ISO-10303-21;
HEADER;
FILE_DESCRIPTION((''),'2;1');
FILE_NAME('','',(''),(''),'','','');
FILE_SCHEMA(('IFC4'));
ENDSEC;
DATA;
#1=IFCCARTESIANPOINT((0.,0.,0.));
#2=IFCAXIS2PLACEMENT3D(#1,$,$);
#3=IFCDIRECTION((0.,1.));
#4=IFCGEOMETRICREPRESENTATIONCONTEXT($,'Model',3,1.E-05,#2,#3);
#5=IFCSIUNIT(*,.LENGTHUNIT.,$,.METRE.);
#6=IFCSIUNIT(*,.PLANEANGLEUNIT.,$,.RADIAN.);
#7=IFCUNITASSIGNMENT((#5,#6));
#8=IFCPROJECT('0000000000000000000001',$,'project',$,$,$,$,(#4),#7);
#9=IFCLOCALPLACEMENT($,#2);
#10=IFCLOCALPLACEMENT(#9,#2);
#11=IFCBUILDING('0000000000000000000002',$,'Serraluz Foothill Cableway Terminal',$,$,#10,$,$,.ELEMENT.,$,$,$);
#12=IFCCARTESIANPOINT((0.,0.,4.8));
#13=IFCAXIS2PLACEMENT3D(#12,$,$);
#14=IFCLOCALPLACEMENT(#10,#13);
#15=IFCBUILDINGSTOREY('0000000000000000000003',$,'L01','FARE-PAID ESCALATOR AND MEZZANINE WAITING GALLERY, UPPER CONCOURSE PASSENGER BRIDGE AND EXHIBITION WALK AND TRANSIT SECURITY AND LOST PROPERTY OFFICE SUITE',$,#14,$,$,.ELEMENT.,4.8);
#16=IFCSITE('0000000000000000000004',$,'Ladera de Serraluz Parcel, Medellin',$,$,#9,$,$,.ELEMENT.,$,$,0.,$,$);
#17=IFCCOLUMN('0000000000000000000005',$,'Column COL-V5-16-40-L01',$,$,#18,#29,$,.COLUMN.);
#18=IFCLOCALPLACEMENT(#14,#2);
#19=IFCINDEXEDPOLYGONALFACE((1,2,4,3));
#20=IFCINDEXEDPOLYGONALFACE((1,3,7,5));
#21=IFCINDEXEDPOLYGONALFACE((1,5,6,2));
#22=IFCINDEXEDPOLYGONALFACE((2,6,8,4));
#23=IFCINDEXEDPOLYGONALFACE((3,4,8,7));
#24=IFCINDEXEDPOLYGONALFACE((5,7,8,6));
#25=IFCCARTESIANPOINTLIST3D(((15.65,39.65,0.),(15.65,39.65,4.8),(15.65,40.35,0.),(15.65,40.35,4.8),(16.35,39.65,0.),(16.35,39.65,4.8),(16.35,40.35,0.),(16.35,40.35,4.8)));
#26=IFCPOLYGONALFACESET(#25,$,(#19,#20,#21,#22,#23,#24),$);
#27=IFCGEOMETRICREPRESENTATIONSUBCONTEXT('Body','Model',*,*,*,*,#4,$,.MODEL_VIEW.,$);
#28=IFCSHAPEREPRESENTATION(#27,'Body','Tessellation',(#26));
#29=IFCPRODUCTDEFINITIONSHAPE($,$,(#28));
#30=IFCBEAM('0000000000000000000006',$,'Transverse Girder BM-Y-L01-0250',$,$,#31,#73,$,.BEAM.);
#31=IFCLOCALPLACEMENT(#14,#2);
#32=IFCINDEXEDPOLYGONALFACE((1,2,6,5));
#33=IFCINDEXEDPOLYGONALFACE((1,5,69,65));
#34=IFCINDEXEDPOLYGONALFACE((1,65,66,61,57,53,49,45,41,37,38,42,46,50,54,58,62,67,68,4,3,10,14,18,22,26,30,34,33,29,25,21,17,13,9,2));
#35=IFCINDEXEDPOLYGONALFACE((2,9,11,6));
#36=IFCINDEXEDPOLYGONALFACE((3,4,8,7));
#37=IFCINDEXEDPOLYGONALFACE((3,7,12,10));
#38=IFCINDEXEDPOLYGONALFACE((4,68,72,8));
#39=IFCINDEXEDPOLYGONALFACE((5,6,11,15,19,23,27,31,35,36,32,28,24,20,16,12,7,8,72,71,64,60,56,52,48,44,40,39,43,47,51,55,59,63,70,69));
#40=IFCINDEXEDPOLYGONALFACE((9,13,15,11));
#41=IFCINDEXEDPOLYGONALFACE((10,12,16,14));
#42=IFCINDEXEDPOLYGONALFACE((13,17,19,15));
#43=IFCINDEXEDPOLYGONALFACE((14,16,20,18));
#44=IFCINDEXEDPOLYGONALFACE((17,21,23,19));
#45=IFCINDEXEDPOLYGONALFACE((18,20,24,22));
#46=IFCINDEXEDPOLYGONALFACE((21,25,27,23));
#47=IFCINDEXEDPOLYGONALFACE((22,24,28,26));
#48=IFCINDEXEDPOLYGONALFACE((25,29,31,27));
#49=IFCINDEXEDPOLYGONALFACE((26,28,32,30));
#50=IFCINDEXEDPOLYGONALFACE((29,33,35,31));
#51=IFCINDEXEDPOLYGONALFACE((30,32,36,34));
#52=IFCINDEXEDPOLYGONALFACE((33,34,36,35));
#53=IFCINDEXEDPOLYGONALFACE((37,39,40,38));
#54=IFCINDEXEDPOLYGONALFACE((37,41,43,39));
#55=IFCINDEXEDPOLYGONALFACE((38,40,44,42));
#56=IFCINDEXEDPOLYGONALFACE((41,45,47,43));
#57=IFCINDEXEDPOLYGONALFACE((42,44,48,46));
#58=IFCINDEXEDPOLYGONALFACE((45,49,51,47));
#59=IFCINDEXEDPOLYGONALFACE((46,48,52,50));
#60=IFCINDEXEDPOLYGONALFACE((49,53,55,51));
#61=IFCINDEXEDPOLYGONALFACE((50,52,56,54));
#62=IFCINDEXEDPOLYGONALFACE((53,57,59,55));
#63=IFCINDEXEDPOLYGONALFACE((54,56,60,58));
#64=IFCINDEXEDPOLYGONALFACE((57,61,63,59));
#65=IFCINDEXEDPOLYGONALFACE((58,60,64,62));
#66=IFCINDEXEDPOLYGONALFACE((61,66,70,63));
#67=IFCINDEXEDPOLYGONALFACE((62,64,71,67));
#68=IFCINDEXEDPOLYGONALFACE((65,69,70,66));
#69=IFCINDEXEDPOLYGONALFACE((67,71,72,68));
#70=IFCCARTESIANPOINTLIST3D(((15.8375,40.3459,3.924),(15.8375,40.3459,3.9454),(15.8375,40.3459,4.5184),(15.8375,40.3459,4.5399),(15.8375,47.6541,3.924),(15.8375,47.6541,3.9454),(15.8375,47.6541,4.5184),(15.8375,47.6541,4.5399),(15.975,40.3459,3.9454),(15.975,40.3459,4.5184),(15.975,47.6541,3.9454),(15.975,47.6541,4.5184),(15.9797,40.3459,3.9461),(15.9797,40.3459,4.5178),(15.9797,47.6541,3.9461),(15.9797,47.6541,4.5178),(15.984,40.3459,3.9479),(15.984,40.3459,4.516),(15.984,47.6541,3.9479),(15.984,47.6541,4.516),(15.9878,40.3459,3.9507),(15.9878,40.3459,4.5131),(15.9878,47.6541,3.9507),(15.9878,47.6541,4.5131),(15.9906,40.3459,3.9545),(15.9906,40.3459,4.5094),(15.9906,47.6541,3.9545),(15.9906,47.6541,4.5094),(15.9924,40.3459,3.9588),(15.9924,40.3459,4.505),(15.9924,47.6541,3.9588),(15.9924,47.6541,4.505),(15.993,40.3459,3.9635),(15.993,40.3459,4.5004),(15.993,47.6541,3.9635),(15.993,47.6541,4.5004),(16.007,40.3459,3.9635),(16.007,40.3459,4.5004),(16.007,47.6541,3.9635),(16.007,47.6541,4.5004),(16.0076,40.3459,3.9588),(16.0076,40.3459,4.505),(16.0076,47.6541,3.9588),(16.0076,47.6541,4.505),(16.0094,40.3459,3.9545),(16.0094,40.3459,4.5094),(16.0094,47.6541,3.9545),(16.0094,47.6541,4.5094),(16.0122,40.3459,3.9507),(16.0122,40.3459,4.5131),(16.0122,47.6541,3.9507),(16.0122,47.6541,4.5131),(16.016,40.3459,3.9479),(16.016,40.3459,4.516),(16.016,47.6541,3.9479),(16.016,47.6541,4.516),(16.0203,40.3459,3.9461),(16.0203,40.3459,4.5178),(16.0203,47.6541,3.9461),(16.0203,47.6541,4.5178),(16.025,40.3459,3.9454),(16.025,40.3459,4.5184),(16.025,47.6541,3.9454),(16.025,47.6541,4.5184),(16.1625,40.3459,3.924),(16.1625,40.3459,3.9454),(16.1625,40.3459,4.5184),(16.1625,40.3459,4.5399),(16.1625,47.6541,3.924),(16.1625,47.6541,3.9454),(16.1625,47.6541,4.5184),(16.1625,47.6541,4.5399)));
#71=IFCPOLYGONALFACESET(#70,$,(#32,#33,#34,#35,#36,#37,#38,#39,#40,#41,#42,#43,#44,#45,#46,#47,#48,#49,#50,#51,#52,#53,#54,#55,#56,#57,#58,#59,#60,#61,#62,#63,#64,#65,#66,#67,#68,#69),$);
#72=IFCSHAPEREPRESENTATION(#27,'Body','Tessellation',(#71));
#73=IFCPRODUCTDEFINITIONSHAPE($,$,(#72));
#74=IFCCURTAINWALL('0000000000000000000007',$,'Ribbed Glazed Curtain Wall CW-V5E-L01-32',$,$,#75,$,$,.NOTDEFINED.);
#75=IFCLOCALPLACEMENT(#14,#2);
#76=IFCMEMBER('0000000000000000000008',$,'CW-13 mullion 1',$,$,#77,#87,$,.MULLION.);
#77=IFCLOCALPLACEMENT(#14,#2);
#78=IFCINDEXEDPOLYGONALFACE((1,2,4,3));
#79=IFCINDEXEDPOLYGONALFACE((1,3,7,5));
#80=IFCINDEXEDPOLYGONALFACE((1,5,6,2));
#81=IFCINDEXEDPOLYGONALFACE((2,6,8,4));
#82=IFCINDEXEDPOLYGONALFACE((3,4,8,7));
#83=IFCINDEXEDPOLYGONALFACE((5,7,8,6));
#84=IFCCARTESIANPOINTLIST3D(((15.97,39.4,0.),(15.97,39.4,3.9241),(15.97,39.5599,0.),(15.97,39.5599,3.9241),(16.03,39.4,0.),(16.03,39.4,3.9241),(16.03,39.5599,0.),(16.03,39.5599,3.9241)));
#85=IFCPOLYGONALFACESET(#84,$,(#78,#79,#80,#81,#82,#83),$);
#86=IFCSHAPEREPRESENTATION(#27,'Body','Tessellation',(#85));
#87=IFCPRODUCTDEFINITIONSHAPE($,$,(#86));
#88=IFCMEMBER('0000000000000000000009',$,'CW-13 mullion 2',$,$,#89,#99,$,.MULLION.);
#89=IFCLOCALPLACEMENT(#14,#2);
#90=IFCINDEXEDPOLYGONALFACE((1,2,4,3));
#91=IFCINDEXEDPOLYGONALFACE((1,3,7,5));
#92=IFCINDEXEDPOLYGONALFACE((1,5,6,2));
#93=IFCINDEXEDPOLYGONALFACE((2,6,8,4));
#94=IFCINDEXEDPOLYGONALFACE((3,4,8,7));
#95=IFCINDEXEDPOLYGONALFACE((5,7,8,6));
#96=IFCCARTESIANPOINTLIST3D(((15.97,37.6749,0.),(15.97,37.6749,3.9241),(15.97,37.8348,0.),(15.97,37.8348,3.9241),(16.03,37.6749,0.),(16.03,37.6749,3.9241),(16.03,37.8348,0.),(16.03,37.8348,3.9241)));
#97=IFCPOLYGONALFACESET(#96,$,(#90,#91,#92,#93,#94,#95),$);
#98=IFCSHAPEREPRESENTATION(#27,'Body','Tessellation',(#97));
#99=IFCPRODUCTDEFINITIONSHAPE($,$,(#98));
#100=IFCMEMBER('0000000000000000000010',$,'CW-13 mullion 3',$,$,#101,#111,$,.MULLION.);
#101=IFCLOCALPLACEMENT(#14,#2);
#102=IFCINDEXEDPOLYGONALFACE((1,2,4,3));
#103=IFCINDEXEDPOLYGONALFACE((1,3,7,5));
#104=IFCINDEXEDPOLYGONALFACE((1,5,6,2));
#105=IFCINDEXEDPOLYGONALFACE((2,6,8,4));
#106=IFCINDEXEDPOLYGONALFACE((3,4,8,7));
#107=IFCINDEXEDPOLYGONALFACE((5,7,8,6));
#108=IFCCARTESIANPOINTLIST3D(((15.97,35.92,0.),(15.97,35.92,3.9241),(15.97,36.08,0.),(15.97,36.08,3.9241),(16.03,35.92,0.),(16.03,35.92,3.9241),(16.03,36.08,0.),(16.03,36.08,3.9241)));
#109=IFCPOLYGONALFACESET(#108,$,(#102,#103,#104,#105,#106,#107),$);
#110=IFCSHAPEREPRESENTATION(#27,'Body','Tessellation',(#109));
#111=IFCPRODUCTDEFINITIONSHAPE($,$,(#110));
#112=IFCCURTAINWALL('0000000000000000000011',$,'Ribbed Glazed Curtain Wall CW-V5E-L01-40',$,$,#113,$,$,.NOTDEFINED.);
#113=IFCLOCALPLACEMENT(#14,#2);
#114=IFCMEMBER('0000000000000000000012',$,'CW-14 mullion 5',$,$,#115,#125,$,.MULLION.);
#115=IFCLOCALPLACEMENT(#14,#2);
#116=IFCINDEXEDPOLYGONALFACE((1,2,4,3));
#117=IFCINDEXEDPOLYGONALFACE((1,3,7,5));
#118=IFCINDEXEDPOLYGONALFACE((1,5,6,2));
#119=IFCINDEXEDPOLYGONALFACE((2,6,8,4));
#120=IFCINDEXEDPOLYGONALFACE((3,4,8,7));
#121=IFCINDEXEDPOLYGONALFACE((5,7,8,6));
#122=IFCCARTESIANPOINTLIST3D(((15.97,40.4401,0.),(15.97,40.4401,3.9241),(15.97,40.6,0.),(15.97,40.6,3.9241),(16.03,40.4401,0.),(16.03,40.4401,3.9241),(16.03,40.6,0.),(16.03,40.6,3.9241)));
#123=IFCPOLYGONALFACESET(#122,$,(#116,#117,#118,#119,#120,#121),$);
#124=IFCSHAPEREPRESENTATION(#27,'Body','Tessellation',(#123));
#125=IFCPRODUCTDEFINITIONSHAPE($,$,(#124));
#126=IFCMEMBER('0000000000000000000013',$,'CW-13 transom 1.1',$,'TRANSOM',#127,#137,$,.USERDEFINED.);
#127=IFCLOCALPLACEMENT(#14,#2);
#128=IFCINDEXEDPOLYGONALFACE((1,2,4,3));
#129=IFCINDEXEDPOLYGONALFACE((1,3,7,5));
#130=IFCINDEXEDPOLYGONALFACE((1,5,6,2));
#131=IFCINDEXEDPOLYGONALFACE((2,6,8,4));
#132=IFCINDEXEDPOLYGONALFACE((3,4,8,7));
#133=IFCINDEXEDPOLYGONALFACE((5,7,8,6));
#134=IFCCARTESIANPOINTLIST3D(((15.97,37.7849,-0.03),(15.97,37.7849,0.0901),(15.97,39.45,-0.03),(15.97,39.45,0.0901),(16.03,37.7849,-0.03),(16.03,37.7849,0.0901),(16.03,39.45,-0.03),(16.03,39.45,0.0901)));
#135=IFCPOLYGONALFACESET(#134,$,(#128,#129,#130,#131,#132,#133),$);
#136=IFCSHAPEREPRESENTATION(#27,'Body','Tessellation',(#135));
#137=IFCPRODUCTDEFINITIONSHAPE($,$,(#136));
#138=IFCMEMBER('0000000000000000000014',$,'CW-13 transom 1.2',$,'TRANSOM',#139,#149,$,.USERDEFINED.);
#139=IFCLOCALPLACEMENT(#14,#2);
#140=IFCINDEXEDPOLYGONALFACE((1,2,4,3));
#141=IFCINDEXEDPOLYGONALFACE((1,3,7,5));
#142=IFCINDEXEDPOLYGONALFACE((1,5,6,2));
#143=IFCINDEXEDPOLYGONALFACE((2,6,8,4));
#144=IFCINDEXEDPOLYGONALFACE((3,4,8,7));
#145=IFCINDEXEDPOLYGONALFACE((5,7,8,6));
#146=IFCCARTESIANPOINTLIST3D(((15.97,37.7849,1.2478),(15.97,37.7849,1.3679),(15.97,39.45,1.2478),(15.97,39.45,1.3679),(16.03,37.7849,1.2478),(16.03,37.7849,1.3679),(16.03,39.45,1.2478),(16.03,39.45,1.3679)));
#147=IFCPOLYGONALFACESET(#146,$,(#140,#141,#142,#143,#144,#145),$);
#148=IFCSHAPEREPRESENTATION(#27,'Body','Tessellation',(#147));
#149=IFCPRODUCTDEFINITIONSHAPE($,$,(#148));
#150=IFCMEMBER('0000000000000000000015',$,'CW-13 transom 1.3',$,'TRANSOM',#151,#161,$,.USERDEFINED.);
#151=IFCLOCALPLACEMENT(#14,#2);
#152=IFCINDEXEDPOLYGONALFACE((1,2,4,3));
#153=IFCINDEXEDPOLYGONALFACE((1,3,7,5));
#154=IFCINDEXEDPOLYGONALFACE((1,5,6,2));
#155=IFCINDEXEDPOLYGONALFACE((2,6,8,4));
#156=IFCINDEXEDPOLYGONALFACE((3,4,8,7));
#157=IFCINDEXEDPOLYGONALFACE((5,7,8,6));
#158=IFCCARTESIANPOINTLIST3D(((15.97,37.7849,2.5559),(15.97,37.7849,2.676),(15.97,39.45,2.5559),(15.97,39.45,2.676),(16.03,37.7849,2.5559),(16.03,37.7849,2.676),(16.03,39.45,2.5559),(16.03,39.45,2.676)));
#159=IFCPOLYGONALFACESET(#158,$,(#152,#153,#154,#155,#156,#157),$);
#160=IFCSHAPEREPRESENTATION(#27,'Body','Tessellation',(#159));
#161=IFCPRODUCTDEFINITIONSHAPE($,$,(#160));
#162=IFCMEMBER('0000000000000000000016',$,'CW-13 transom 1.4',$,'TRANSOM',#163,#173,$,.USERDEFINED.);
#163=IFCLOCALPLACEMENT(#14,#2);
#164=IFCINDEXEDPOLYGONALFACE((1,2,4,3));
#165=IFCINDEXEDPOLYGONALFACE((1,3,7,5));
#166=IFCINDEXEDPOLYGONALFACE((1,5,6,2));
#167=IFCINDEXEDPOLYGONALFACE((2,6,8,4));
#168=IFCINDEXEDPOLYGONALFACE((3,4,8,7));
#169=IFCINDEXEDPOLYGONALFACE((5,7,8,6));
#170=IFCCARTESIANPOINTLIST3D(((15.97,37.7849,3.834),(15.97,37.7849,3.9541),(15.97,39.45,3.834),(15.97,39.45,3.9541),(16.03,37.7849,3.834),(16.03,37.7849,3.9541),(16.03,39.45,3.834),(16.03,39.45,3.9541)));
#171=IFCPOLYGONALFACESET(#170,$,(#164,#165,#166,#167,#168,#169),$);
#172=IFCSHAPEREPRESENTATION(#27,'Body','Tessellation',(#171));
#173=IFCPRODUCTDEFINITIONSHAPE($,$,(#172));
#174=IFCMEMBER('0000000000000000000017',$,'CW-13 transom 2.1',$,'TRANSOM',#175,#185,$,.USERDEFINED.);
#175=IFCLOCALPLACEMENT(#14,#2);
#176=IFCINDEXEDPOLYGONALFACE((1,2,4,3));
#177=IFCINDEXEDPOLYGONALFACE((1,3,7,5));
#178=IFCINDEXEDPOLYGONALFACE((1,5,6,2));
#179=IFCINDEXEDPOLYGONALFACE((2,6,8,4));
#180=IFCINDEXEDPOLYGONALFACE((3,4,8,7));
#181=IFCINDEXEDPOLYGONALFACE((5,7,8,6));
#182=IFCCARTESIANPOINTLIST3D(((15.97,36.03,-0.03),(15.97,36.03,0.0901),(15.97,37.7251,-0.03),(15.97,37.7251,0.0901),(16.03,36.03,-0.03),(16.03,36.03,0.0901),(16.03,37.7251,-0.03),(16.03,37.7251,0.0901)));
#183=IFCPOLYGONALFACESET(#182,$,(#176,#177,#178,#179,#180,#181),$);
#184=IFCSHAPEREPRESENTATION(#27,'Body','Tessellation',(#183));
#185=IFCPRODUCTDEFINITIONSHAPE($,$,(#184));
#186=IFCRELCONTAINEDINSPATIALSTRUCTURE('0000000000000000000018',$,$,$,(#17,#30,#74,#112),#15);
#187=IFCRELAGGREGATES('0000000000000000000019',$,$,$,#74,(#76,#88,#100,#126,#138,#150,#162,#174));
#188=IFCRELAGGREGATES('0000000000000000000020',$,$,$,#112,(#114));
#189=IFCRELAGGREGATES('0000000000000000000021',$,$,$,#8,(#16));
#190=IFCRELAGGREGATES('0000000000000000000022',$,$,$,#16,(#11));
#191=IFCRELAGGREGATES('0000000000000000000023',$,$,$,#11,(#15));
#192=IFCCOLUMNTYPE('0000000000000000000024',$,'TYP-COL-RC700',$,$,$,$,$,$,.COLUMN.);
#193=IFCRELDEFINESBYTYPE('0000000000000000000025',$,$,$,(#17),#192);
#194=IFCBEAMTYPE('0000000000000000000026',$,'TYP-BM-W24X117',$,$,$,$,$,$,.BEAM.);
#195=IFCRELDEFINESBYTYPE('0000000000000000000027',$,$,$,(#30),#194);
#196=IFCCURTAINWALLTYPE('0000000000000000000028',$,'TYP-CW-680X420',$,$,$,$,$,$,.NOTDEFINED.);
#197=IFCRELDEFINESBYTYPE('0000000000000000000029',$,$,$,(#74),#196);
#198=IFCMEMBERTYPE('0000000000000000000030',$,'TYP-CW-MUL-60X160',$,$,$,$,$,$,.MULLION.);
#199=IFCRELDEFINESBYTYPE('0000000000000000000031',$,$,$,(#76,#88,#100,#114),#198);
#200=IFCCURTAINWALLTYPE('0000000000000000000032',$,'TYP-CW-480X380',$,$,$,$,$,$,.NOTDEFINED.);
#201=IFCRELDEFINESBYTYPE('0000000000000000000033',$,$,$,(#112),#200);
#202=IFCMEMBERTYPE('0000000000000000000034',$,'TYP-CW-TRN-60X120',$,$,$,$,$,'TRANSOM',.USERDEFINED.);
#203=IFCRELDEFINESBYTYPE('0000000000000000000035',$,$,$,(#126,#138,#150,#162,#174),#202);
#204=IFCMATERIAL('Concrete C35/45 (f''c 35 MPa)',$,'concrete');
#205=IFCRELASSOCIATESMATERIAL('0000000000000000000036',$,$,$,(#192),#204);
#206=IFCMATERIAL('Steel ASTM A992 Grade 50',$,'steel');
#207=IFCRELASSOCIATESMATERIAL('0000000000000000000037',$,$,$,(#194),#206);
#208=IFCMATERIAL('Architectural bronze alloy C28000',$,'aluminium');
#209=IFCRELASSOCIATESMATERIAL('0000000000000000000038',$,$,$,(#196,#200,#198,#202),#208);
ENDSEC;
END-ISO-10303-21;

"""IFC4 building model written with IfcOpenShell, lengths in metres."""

from ifc_helpers import new_model, si_unit, direction, frame, origin, origin_2d, place, context, subcontext, project, spatial, rectangle, i_section, extrude, material, material_profile, profile_set, type_object, element, aggregate, save


model = new_model("IFC4")

# Units and contexts
model_context = context("Model", 3, precision=1e-05, world=origin(), true_north=direction((0.0, 1.0)))
body_context = subcontext(model_context, "Body", "Model", "MODEL_VIEW")
ifc_project = project(units=[si_unit("LENGTHUNIT", "METRE"), si_unit("PLANEANGLEUNIT", "RADIAN")], contexts=[model_context])

# Site, building, storey
site_placement = place(None, origin())
site = spatial("IfcSite", under=ifc_project, at=site_placement, Name="Ladera de Serraluz Parcel, Medellin", CompositionType="ELEMENT", RefElevation=0.0)
building_placement = place(site_placement, origin())
building = spatial("IfcBuilding", under=site, at=building_placement, Name="Serraluz Foothill Cableway Terminal", CompositionType="ELEMENT")
storey_placement = place(building_placement, frame((0.0, 0.0, 4.8)))
storey = spatial("IfcBuildingStorey", under=building, at=storey_placement, Name="L01", Description="FARE-PAID ESCALATOR AND MEZZANINE WAITING GALLERY, UPPER CONCOURSE PASSENGER BRIDGE AND EXHIBITION WALK AND TRANSIT SECURITY AND LOST PROPERTY OFFICE SUITE", CompositionType="ELEMENT", Elevation=4.8)

# Column
ifc_material_1 = material(Name="Concrete C35/45 (f'c 35 MPa)", Category="concrete")
ifc_material_profile_1 = material_profile(ifc_material_1, rectangle(XDim=0.7, YDim=0.7, at=origin_2d()), Name="RC 700x700")
ifc_profile_set_1 = profile_set([ifc_material_profile_1], Name="Concrete C35/45 (f'c 35 MPa)")
column_type = type_object("IfcColumnType", Name="TYP-COL-RC700", PredefinedType="COLUMN", material=ifc_profile_set_1)
column_placement = place(storey_placement, frame((16.0, 40.0, 0.0), z_axis=(0.0, 0.0, 1.0), x_axis=(1.0, 0.0, 0.0)))
element("IfcColumn", 1, at=column_placement, inside=storey, type_object=column_type, Name="Column COL-V5-16-40-L01", PredefinedType="COLUMN", context=body_context, shape_type="SweptSolid", body=[
    extrude(rectangle(XDim=0.7, YDim=0.7, at=origin_2d()), origin(), (0.0, 0.0, 1.0), 4.8),
])

# Beam
ifc_material_2 = material(Name="Steel ASTM A992 Grade 50", Category="steel")
ifc_material_profile_2 = material_profile(ifc_material_2, i_section(OverallWidth=0.325, OverallDepth=0.616, WebThickness=0.0139, FlangeThickness=0.0215, FilletRadius=0.0181, at=origin_2d()), Name="W24X117")
ifc_profile_set_2 = profile_set([ifc_material_profile_2], Name="Steel ASTM A992 Grade 50")
beam_type = type_object("IfcBeamType", Name="TYP-BM-W24X117", PredefinedType="BEAM", material=ifc_profile_set_2)
beam_placement = place(storey_placement, frame((16.0, 40.3459, 4.2319), z_axis=(0.0, 1.0, 0.0), x_axis=(-1.0, 0.0, 0.0)))
element("IfcBeam", 2, at=beam_placement, inside=storey, type_object=beam_type, Name="Transverse Girder BM-Y-L01-0250", PredefinedType="BEAM", context=body_context, shape_type="SweptSolid", body=[
    extrude(i_section(OverallWidth=0.325, OverallDepth=0.616, WebThickness=0.0139, FlangeThickness=0.0215, FilletRadius=0.0181, at=origin_2d()), origin(), (0.0, 0.0, 1.0), 7.3081),
])

# Curtain wall, members
ifc_material_3 = material(Name="Architectural bronze alloy C28000", Category="aluminium")
curtain_wall_type_1 = type_object("IfcCurtainWallType", Name="TYP-CW-680X420", PredefinedType="NOTDEFINED", material=ifc_material_3)
curtain_wall_1_placement = place(storey_placement, origin())
curtain_wall_1 = element("IfcCurtainWall", 3, at=curtain_wall_1_placement, inside=storey, type_object=curtain_wall_type_1, Name="Ribbed Glazed Curtain Wall CW-V5E-L01-32", PredefinedType="NOTDEFINED")
ifc_material_profile_3 = material_profile(ifc_material_3, rectangle(XDim=0.0601, YDim=0.1599, at=origin_2d()), Name="ALU MULLION 60x160")
ifc_profile_set_3 = profile_set([ifc_material_profile_3], Name="Architectural bronze alloy C28000")
member_type_1 = type_object("IfcMemberType", Name="TYP-CW-MUL-60X160", PredefinedType="MULLION", material=ifc_profile_set_3)
member_1_placement = place(storey_placement, frame((16.0, 39.48, 0.0), z_axis=(0.0, 0.0, 1.0), x_axis=(1.0, 0.0, 0.0)))
member_1 = element("IfcMember", 4, at=member_1_placement, type_object=member_type_1, Name="CW-13 mullion 1", PredefinedType="MULLION", context=body_context, shape_type="SweptSolid", body=[
    extrude(rectangle(XDim=0.0601, YDim=0.1599, at=origin_2d()), origin(), (0.0, 0.0, 1.0), 3.9241),
])
member_2_placement = place(storey_placement, frame((16.0, 37.7549, 0.0), z_axis=(0.0, 0.0, 1.0), x_axis=(1.0, 0.0, 0.0)))
member_2 = element("IfcMember", 5, at=member_2_placement, type_object=member_type_1, Name="CW-13 mullion 2", PredefinedType="MULLION", context=body_context, shape_type="SweptSolid", body=[
    extrude(rectangle(XDim=0.0601, YDim=0.1599, at=origin_2d()), origin(), (0.0, 0.0, 1.0), 3.9241),
])
member_3_placement = place(storey_placement, frame((16.0, 36.0, 0.0), z_axis=(0.0, 0.0, 1.0), x_axis=(1.0, 0.0, 0.0)))
member_3 = element("IfcMember", 6, at=member_3_placement, type_object=member_type_1, Name="CW-13 mullion 3", PredefinedType="MULLION", context=body_context, shape_type="SweptSolid", body=[
    extrude(rectangle(XDim=0.0601, YDim=0.1599, at=origin_2d()), origin(), (0.0, 0.0, 1.0), 3.9241),
])

# Curtain wall, member
curtain_wall_type_2 = type_object("IfcCurtainWallType", Name="TYP-CW-480X380", PredefinedType="NOTDEFINED", material=ifc_material_3)
curtain_wall_2_placement = place(storey_placement, origin())
curtain_wall_2 = element("IfcCurtainWall", 7, at=curtain_wall_2_placement, inside=storey, type_object=curtain_wall_type_2, Name="Ribbed Glazed Curtain Wall CW-V5E-L01-40", PredefinedType="NOTDEFINED")
member_4_placement = place(storey_placement, frame((16.0, 40.52, 0.0), z_axis=(0.0, 0.0, 1.0), x_axis=(1.0, 0.0, 0.0)))
member_4 = element("IfcMember", 8, at=member_4_placement, type_object=member_type_1, Name="CW-14 mullion 5", PredefinedType="MULLION", context=body_context, shape_type="SweptSolid", body=[
    extrude(rectangle(XDim=0.0601, YDim=0.1599, at=origin_2d()), origin(), (0.0, 0.0, 1.0), 3.9241),
])

# Members
ifc_material_profile_4 = material_profile(ifc_material_3, rectangle(XDim=0.0601, YDim=0.1201, at=origin_2d()), Name="ALU TRANSOM 60x120")
ifc_profile_set_4 = profile_set([ifc_material_profile_4], Name="Architectural bronze alloy C28000")
member_type_2 = type_object("IfcMemberType", Name="TYP-CW-TRN-60X120", ElementType="TRANSOM", PredefinedType="USERDEFINED", material=ifc_profile_set_4)
member_5_placement = place(storey_placement, frame((16.0, 39.45, 0.03), z_axis=(0.0, -1.0, 0.0), x_axis=(1.0, 0.0, 0.0)))
member_5 = element("IfcMember", 9, at=member_5_placement, type_object=member_type_2, Name="CW-13 transom 1.1", ObjectType="TRANSOM", PredefinedType="USERDEFINED", context=body_context, shape_type="SweptSolid", body=[
    extrude(rectangle(XDim=0.0601, YDim=0.1201, at=origin_2d()), origin(), (0.0, 0.0, 1.0), 1.665),
])
member_6_placement = place(storey_placement, frame((16.0, 39.45, 1.3079), z_axis=(0.0, -1.0, 0.0), x_axis=(1.0, 0.0, 0.0)))
member_6 = element("IfcMember", 10, at=member_6_placement, type_object=member_type_2, Name="CW-13 transom 1.2", ObjectType="TRANSOM", PredefinedType="USERDEFINED", context=body_context, shape_type="SweptSolid", body=[
    extrude(rectangle(XDim=0.0601, YDim=0.1201, at=origin_2d()), origin(), (0.0, 0.0, 1.0), 1.665),
])
member_7_placement = place(storey_placement, frame((16.0, 39.45, 2.616), z_axis=(0.0, -1.0, 0.0), x_axis=(1.0, 0.0, 0.0)))
member_7 = element("IfcMember", 11, at=member_7_placement, type_object=member_type_2, Name="CW-13 transom 1.3", ObjectType="TRANSOM", PredefinedType="USERDEFINED", context=body_context, shape_type="SweptSolid", body=[
    extrude(rectangle(XDim=0.0601, YDim=0.1201, at=origin_2d()), origin(), (0.0, 0.0, 1.0), 1.665),
])
member_8_placement = place(storey_placement, frame((16.0, 39.45, 3.894), z_axis=(0.0, -1.0, 0.0), x_axis=(1.0, 0.0, 0.0)))
member_8 = element("IfcMember", 12, at=member_8_placement, type_object=member_type_2, Name="CW-13 transom 1.4", ObjectType="TRANSOM", PredefinedType="USERDEFINED", context=body_context, shape_type="SweptSolid", body=[
    extrude(rectangle(XDim=0.0601, YDim=0.1201, at=origin_2d()), origin(), (0.0, 0.0, 1.0), 1.665),
])
member_9_placement = place(storey_placement, frame((16.0, 37.7251, 0.03), z_axis=(0.0, -1.0, 0.0), x_axis=(1.0, 0.0, 0.0)))
member_9 = element("IfcMember", 13, at=member_9_placement, type_object=member_type_2, Name="CW-13 transom 2.1", ObjectType="TRANSOM", PredefinedType="USERDEFINED", context=body_context, shape_type="SweptSolid", body=[
    extrude(rectangle(XDim=0.0601, YDim=0.1201, at=origin_2d()), origin(), (0.0, 0.0, 1.0), 1.6951),
])

aggregate(curtain_wall_1, [member_1, member_2, member_3, member_5, member_6, member_7, member_8, member_9])
aggregate(curtain_wall_2, [member_4])

save(model, "model.ifc")
